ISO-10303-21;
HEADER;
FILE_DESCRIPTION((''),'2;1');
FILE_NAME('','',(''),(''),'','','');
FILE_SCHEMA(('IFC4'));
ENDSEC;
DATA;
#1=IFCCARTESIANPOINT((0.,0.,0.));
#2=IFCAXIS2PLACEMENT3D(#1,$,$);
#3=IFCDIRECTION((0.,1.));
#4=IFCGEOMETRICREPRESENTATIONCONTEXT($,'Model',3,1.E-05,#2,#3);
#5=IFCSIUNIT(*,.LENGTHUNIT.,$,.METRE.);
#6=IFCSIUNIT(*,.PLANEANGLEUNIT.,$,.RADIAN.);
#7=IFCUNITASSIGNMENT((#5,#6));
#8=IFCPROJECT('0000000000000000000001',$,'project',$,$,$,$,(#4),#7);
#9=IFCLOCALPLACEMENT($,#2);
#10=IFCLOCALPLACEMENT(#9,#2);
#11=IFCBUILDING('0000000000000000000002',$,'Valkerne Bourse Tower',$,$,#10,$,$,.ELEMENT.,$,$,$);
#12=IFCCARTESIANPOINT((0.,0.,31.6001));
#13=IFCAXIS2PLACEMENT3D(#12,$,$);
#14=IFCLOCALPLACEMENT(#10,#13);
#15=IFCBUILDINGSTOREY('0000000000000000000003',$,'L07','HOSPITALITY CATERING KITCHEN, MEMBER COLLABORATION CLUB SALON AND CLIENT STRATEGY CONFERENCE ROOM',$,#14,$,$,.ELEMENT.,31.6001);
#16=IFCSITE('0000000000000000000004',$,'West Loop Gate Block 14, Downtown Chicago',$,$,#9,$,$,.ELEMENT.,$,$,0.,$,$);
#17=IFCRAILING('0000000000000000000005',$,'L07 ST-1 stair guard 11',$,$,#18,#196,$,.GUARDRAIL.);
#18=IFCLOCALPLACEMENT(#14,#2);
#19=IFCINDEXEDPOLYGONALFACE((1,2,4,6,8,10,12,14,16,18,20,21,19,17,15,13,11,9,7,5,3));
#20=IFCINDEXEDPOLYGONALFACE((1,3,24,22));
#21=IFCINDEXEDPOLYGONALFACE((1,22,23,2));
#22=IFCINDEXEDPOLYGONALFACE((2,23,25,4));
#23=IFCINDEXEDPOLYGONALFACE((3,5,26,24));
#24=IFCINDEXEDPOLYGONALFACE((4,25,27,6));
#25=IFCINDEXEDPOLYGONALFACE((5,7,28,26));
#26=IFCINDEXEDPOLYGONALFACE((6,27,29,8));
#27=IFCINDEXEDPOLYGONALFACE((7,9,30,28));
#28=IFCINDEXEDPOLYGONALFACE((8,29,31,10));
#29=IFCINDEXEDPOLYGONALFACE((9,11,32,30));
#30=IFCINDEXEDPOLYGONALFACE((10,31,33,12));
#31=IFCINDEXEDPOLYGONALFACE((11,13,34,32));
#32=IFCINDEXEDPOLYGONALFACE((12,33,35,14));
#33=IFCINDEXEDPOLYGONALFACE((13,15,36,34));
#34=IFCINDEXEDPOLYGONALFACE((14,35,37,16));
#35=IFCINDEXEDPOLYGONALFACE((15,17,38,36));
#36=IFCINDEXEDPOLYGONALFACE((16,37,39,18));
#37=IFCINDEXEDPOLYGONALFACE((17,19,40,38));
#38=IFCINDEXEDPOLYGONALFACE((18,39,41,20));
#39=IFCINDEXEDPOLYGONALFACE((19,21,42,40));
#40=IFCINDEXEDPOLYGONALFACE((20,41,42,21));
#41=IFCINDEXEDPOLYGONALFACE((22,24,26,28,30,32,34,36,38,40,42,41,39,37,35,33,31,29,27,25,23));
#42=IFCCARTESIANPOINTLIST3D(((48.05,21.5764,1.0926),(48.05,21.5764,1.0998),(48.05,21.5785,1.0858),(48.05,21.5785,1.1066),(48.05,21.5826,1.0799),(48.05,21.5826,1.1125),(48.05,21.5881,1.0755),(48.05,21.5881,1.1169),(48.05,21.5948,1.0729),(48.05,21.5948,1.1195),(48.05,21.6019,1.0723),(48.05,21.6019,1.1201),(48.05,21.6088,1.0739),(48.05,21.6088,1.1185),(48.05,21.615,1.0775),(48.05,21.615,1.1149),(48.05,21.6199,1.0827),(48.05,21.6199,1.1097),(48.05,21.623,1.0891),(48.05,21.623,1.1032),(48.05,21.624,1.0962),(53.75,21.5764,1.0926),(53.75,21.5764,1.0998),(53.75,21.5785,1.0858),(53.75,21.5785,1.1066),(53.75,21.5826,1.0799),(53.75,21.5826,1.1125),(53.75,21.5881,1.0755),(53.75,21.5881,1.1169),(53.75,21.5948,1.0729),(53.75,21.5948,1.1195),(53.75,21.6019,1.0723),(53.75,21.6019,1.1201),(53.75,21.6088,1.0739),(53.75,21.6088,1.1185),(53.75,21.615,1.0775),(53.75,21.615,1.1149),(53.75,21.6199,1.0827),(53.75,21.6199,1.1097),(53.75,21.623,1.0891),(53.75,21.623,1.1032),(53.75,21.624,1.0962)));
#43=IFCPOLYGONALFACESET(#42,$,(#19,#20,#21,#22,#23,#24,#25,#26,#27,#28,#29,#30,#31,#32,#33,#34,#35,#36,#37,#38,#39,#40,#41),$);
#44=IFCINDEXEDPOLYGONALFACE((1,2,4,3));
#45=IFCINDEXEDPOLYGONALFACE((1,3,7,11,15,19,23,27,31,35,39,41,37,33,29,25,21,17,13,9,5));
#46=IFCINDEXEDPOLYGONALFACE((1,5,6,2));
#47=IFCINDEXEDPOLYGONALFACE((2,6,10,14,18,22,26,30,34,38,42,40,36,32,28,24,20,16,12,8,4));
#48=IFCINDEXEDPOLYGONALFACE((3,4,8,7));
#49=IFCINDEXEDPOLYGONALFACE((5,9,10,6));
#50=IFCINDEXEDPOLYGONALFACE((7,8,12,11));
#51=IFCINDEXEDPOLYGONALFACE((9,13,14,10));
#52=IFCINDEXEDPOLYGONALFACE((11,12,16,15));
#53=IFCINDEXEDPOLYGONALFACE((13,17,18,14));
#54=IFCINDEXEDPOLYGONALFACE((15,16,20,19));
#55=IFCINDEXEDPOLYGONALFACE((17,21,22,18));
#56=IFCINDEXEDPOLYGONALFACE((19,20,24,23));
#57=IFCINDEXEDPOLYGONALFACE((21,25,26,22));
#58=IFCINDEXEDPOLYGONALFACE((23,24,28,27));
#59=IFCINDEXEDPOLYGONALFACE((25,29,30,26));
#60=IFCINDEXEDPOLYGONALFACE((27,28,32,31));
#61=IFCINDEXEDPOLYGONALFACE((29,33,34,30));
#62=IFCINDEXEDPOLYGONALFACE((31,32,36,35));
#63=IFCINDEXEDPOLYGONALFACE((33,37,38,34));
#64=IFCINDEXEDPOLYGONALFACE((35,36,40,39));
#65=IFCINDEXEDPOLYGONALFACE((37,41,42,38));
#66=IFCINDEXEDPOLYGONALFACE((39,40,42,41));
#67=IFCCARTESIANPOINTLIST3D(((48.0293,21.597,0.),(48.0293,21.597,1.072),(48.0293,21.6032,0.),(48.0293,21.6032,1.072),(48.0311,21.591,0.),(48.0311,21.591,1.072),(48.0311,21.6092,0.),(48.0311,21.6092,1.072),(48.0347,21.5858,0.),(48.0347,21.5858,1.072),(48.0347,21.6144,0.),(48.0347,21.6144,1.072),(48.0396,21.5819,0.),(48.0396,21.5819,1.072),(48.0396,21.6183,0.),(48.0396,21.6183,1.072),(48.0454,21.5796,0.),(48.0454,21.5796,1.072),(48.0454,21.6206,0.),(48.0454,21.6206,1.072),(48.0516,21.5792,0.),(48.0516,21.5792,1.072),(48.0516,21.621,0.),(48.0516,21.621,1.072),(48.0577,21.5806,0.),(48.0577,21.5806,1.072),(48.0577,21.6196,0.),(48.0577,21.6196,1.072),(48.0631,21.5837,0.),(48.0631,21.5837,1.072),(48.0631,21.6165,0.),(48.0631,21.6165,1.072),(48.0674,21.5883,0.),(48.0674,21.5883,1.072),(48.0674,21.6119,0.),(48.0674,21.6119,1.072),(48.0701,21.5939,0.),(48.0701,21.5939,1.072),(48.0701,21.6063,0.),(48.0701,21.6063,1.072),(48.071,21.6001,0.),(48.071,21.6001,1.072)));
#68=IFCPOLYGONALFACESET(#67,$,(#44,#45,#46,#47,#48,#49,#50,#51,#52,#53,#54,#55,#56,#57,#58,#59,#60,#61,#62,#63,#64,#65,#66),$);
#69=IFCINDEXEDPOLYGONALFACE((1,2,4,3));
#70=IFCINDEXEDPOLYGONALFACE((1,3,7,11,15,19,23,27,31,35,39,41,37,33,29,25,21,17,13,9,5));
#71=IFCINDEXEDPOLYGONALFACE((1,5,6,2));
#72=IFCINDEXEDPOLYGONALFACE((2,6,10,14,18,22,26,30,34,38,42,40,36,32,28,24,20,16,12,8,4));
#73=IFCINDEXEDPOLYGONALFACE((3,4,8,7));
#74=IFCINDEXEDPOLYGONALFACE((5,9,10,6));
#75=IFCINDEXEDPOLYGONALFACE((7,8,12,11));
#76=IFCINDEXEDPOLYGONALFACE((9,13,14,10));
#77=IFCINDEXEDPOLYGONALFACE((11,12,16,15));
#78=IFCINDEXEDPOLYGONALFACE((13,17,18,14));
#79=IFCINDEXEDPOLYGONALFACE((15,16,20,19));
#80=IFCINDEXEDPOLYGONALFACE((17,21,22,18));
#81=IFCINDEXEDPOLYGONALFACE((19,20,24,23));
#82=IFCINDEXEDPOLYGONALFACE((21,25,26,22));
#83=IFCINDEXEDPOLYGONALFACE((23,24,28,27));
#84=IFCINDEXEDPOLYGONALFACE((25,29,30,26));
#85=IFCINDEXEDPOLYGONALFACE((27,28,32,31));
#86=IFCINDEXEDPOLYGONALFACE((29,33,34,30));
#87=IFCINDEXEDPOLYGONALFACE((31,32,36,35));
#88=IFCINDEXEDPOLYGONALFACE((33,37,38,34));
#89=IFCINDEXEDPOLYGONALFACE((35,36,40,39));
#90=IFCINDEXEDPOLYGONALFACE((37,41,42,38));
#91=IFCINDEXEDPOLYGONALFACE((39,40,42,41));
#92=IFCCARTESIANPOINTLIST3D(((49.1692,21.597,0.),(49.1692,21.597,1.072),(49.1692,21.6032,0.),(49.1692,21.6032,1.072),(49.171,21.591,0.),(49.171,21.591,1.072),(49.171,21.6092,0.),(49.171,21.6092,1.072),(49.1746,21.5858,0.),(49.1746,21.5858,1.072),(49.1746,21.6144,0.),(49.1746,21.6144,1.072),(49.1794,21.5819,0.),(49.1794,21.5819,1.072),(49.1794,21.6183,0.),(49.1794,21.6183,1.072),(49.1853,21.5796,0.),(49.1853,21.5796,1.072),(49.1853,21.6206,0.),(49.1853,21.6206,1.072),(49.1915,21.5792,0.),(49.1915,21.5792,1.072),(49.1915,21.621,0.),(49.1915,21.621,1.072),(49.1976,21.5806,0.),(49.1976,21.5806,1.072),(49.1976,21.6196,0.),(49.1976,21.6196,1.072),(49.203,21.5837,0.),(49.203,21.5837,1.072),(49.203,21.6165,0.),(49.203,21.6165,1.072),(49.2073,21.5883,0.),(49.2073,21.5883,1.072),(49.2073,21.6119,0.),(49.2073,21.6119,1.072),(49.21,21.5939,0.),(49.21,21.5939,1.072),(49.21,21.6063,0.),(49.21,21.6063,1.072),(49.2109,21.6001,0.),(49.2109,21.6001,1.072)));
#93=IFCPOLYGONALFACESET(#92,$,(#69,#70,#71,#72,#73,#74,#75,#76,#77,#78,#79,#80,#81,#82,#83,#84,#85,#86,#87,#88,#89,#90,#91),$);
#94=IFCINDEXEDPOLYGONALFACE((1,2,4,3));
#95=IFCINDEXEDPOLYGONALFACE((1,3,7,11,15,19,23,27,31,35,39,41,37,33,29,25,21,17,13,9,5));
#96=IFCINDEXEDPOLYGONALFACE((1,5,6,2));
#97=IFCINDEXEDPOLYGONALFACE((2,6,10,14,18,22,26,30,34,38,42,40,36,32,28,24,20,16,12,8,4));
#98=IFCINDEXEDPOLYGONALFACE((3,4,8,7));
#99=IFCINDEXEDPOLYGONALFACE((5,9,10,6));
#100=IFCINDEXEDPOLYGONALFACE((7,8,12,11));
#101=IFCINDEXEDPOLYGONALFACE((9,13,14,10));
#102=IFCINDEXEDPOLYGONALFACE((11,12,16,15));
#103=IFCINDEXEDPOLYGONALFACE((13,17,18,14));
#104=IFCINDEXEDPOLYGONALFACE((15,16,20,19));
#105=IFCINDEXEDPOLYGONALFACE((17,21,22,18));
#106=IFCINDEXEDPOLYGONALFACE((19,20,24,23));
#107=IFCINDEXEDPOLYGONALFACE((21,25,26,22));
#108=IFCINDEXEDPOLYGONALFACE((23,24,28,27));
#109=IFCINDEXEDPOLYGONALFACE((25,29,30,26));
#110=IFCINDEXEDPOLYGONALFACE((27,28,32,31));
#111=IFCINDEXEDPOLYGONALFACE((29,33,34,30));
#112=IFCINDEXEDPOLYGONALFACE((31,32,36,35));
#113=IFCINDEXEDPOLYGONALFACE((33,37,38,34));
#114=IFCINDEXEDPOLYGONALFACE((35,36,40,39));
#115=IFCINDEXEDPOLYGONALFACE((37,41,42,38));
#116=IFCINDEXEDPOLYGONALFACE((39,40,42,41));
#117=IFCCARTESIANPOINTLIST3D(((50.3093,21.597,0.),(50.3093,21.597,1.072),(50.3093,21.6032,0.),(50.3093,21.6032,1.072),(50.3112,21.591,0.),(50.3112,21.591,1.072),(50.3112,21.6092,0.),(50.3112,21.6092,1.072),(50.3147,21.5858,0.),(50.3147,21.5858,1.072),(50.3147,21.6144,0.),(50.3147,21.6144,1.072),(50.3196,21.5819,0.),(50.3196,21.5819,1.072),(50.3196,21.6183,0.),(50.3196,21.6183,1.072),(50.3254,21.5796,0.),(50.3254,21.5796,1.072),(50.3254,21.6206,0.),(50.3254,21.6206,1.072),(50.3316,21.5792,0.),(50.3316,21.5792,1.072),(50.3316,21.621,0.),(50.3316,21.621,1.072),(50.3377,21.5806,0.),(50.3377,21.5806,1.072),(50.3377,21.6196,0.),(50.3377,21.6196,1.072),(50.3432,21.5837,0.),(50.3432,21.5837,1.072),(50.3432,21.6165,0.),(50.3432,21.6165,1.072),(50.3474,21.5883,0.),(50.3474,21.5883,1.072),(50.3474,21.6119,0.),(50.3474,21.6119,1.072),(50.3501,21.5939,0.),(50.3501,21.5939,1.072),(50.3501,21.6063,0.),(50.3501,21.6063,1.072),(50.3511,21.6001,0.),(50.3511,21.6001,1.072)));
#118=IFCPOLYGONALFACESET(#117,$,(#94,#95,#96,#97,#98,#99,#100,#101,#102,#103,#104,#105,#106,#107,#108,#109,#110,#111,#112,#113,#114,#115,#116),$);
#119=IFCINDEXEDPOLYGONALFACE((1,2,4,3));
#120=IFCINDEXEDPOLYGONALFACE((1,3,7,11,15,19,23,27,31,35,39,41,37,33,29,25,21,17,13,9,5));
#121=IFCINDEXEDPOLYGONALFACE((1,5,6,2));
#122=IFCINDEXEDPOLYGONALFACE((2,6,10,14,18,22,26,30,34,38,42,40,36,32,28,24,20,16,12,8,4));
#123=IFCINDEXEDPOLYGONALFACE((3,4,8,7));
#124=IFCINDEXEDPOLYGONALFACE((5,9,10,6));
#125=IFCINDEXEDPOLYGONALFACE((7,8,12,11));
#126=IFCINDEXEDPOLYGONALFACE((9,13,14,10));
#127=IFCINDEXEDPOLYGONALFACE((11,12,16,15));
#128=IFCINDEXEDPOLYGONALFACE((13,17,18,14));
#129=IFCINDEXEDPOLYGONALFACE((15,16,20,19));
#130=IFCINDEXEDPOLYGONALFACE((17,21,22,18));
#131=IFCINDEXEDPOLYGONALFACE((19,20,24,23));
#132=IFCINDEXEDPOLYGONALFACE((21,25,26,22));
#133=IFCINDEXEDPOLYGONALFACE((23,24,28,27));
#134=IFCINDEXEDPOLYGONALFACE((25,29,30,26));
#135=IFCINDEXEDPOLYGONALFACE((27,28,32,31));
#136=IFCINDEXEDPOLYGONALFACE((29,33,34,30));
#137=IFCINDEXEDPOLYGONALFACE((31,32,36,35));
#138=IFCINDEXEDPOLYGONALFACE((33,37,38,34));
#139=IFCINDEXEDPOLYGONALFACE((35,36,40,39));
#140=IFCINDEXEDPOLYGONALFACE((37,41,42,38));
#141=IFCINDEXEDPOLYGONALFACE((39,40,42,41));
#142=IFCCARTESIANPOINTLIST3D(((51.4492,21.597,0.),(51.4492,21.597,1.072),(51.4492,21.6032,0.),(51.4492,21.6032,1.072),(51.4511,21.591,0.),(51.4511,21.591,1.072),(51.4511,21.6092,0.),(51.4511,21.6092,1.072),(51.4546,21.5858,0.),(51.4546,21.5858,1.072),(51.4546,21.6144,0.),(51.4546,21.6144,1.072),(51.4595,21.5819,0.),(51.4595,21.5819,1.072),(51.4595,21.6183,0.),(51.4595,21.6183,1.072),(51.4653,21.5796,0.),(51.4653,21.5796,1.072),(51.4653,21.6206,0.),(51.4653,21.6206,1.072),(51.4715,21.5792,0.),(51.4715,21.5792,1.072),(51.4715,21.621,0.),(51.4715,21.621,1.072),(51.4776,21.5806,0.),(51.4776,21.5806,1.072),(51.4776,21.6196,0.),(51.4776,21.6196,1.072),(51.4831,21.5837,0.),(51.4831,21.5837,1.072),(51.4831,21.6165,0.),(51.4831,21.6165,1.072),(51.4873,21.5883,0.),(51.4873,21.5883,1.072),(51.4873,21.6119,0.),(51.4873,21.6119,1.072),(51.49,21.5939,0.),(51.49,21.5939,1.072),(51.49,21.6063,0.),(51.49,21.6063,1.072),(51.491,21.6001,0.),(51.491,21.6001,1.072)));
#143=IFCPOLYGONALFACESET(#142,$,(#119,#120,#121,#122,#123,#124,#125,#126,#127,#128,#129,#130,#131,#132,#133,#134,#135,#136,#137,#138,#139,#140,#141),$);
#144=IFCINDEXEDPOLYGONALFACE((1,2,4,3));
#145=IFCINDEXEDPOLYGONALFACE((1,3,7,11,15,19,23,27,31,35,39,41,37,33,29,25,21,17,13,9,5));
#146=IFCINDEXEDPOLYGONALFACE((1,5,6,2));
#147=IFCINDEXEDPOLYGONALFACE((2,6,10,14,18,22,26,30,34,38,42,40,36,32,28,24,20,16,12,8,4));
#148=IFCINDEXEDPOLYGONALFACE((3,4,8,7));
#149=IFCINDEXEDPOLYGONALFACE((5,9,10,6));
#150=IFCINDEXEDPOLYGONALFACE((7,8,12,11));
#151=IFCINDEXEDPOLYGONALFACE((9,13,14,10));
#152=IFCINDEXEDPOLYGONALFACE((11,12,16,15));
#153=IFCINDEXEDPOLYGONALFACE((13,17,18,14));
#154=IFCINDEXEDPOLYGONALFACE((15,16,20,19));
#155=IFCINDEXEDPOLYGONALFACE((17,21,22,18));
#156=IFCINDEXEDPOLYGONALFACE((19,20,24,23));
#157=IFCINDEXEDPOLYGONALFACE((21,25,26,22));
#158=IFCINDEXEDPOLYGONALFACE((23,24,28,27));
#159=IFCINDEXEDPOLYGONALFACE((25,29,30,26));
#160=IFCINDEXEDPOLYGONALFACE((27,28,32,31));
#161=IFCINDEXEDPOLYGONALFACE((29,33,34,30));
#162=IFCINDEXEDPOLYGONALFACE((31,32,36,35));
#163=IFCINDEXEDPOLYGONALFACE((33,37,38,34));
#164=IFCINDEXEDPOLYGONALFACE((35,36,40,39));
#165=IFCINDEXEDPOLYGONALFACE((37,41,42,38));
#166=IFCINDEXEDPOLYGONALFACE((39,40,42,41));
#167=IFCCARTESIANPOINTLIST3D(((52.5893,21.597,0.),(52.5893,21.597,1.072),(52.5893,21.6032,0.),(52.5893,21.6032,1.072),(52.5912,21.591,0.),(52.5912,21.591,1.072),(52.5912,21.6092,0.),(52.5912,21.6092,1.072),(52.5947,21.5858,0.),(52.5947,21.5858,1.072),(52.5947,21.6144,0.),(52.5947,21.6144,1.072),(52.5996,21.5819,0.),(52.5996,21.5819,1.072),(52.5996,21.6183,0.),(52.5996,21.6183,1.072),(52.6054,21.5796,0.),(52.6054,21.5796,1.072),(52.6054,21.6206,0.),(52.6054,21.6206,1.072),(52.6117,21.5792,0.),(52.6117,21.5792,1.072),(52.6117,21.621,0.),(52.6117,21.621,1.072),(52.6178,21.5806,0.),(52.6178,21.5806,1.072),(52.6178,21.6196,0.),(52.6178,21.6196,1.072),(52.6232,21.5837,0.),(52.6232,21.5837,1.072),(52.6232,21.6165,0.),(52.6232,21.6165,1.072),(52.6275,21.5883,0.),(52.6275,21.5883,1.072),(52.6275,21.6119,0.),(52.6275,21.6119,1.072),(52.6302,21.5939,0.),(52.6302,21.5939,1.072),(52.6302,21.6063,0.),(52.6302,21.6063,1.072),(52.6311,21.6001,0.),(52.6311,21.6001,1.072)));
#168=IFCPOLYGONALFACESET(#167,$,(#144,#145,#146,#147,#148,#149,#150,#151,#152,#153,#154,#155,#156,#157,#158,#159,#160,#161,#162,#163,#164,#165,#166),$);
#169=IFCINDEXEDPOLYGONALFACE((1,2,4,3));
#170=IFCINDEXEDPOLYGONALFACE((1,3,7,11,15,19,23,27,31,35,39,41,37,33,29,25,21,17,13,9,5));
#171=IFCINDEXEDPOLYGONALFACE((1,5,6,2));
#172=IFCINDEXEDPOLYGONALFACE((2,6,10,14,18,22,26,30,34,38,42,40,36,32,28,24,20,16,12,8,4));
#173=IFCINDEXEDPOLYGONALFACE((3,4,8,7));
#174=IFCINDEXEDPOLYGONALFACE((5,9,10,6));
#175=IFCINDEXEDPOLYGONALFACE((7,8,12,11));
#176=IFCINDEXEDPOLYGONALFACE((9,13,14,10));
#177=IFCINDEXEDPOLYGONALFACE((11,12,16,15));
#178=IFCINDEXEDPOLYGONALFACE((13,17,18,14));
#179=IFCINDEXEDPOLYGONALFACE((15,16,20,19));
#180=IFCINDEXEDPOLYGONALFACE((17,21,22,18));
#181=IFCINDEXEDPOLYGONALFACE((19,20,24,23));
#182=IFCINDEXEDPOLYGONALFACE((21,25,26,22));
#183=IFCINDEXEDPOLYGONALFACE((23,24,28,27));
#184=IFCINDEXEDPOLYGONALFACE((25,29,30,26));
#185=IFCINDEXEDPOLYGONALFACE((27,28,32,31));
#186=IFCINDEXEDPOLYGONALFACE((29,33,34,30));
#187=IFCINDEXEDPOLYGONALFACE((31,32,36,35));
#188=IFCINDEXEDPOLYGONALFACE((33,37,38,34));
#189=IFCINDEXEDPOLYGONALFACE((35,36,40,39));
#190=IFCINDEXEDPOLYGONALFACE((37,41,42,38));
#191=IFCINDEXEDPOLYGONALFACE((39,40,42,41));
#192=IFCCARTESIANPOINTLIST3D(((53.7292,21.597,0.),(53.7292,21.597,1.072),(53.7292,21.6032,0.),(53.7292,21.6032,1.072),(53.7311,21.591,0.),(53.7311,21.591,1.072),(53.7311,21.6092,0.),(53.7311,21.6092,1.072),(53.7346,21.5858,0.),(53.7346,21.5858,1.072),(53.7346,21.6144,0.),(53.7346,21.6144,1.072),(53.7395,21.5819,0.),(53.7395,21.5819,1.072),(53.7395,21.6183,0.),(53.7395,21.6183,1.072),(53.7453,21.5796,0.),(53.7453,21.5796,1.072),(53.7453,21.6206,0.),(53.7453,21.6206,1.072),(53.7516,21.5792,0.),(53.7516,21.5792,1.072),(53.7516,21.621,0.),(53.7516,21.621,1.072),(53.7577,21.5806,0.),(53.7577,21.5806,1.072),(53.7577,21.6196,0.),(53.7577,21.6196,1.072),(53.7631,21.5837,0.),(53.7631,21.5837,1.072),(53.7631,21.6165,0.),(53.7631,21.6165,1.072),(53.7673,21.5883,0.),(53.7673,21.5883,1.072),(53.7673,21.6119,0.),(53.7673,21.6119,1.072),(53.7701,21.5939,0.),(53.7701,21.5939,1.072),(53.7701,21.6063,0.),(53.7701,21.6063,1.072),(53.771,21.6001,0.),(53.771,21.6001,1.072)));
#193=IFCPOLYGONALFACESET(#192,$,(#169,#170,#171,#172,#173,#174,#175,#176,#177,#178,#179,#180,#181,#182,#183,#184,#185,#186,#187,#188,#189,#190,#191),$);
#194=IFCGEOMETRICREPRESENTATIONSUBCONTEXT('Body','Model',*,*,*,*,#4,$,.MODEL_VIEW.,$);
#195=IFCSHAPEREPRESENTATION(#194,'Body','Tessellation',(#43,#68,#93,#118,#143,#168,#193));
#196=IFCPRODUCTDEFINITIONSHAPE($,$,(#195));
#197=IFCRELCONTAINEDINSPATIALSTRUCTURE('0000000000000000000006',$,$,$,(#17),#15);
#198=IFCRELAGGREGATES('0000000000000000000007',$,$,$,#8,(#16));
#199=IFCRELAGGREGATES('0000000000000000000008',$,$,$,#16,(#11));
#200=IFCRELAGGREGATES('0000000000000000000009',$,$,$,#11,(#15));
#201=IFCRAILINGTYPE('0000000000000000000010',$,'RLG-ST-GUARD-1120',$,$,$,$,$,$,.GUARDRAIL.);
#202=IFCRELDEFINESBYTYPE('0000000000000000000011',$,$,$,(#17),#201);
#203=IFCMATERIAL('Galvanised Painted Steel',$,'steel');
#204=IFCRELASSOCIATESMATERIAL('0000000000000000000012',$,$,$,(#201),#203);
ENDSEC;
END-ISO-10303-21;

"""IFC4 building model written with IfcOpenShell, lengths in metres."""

from ifc_helpers import new_model, si_unit, direction, frame, origin, origin_2d, place, context, subcontext, project, spatial, circle, extrude, material, type_object, element, save


model = new_model("IFC4")

# Units and contexts
model_context = context("Model", 3, precision=1e-05, world=origin(), true_north=direction((0.0, 1.0)))
body_context = subcontext(model_context, "Body", "Model", "MODEL_VIEW")
ifc_project = project(units=[si_unit("LENGTHUNIT", "METRE"), si_unit("PLANEANGLEUNIT", "RADIAN")], contexts=[model_context])

# Site, building, storey
site_placement = place(None, origin())
site = spatial("IfcSite", under=ifc_project, at=site_placement, Name="West Loop Gate Block 14, Downtown Chicago", CompositionType="ELEMENT", RefElevation=0.0)
building_placement = place(site_placement, origin())
building = spatial("IfcBuilding", under=site, at=building_placement, Name="Valkerne Bourse Tower", CompositionType="ELEMENT")
storey_placement = place(building_placement, frame((0.0, 0.0, 31.6001)))
storey = spatial("IfcBuildingStorey", under=building, at=storey_placement, Name="L07", Description="HOSPITALITY CATERING KITCHEN, MEMBER COLLABORATION CLUB SALON AND CLIENT STRATEGY CONFERENCE ROOM", CompositionType="ELEMENT", Elevation=31.6001)

# Shared definitions
ifc_material_1 = material(Name="Galvanised Painted Steel", Category="steel")

# Railing
railing_type_1 = type_object("IfcRailingType", Name="RLG-ST-GUARD-1120", PredefinedType="GUARDRAIL", material=ifc_material_1)
railing_1_placement = place(storey_placement, frame((48.05, 21.6001, 0.0)))
element("IfcRailing", 1, at=railing_1_placement, inside=storey, type_object=railing_type_1, Name="L07 ST-1 stair guard 11", PredefinedType="GUARDRAIL", context=body_context, shape_type="SweptSolid", body=[
    extrude(circle(Radius=0.0239, at=origin_2d()), frame((0.0, 0.0, 1.0962), z_axis=(1.0, 0.0, 0.0), x_axis=(0.0, 1.0, 0.0)), (0.0, 0.0, 1.0), 5.7),
    extrude(circle(Radius=0.021, at=origin_2d()), origin(), (0.0, 0.0, 1.0), 1.072),
    extrude(circle(Radius=0.021, at=origin_2d()), frame((1.1399, 0.0, 0.0)), (0.0, 0.0, 1.0), 1.072),
    extrude(circle(Radius=0.021, at=origin_2d()), frame((2.28, 0.0, 0.0)), (0.0, 0.0, 1.0), 1.072),
    extrude(circle(Radius=0.021, at=origin_2d()), frame((3.4199, 0.0, 0.0)), (0.0, 0.0, 1.0), 1.072),
    extrude(circle(Radius=0.021, at=origin_2d()), frame((4.5601, 0.0, 0.0)), (0.0, 0.0, 1.0), 1.072),
    extrude(circle(Radius=0.021, at=origin_2d()), frame((5.7, 0.0, 0.0)), (0.0, 0.0, 1.0), 1.072),
])

save(model, "model.ifc")
